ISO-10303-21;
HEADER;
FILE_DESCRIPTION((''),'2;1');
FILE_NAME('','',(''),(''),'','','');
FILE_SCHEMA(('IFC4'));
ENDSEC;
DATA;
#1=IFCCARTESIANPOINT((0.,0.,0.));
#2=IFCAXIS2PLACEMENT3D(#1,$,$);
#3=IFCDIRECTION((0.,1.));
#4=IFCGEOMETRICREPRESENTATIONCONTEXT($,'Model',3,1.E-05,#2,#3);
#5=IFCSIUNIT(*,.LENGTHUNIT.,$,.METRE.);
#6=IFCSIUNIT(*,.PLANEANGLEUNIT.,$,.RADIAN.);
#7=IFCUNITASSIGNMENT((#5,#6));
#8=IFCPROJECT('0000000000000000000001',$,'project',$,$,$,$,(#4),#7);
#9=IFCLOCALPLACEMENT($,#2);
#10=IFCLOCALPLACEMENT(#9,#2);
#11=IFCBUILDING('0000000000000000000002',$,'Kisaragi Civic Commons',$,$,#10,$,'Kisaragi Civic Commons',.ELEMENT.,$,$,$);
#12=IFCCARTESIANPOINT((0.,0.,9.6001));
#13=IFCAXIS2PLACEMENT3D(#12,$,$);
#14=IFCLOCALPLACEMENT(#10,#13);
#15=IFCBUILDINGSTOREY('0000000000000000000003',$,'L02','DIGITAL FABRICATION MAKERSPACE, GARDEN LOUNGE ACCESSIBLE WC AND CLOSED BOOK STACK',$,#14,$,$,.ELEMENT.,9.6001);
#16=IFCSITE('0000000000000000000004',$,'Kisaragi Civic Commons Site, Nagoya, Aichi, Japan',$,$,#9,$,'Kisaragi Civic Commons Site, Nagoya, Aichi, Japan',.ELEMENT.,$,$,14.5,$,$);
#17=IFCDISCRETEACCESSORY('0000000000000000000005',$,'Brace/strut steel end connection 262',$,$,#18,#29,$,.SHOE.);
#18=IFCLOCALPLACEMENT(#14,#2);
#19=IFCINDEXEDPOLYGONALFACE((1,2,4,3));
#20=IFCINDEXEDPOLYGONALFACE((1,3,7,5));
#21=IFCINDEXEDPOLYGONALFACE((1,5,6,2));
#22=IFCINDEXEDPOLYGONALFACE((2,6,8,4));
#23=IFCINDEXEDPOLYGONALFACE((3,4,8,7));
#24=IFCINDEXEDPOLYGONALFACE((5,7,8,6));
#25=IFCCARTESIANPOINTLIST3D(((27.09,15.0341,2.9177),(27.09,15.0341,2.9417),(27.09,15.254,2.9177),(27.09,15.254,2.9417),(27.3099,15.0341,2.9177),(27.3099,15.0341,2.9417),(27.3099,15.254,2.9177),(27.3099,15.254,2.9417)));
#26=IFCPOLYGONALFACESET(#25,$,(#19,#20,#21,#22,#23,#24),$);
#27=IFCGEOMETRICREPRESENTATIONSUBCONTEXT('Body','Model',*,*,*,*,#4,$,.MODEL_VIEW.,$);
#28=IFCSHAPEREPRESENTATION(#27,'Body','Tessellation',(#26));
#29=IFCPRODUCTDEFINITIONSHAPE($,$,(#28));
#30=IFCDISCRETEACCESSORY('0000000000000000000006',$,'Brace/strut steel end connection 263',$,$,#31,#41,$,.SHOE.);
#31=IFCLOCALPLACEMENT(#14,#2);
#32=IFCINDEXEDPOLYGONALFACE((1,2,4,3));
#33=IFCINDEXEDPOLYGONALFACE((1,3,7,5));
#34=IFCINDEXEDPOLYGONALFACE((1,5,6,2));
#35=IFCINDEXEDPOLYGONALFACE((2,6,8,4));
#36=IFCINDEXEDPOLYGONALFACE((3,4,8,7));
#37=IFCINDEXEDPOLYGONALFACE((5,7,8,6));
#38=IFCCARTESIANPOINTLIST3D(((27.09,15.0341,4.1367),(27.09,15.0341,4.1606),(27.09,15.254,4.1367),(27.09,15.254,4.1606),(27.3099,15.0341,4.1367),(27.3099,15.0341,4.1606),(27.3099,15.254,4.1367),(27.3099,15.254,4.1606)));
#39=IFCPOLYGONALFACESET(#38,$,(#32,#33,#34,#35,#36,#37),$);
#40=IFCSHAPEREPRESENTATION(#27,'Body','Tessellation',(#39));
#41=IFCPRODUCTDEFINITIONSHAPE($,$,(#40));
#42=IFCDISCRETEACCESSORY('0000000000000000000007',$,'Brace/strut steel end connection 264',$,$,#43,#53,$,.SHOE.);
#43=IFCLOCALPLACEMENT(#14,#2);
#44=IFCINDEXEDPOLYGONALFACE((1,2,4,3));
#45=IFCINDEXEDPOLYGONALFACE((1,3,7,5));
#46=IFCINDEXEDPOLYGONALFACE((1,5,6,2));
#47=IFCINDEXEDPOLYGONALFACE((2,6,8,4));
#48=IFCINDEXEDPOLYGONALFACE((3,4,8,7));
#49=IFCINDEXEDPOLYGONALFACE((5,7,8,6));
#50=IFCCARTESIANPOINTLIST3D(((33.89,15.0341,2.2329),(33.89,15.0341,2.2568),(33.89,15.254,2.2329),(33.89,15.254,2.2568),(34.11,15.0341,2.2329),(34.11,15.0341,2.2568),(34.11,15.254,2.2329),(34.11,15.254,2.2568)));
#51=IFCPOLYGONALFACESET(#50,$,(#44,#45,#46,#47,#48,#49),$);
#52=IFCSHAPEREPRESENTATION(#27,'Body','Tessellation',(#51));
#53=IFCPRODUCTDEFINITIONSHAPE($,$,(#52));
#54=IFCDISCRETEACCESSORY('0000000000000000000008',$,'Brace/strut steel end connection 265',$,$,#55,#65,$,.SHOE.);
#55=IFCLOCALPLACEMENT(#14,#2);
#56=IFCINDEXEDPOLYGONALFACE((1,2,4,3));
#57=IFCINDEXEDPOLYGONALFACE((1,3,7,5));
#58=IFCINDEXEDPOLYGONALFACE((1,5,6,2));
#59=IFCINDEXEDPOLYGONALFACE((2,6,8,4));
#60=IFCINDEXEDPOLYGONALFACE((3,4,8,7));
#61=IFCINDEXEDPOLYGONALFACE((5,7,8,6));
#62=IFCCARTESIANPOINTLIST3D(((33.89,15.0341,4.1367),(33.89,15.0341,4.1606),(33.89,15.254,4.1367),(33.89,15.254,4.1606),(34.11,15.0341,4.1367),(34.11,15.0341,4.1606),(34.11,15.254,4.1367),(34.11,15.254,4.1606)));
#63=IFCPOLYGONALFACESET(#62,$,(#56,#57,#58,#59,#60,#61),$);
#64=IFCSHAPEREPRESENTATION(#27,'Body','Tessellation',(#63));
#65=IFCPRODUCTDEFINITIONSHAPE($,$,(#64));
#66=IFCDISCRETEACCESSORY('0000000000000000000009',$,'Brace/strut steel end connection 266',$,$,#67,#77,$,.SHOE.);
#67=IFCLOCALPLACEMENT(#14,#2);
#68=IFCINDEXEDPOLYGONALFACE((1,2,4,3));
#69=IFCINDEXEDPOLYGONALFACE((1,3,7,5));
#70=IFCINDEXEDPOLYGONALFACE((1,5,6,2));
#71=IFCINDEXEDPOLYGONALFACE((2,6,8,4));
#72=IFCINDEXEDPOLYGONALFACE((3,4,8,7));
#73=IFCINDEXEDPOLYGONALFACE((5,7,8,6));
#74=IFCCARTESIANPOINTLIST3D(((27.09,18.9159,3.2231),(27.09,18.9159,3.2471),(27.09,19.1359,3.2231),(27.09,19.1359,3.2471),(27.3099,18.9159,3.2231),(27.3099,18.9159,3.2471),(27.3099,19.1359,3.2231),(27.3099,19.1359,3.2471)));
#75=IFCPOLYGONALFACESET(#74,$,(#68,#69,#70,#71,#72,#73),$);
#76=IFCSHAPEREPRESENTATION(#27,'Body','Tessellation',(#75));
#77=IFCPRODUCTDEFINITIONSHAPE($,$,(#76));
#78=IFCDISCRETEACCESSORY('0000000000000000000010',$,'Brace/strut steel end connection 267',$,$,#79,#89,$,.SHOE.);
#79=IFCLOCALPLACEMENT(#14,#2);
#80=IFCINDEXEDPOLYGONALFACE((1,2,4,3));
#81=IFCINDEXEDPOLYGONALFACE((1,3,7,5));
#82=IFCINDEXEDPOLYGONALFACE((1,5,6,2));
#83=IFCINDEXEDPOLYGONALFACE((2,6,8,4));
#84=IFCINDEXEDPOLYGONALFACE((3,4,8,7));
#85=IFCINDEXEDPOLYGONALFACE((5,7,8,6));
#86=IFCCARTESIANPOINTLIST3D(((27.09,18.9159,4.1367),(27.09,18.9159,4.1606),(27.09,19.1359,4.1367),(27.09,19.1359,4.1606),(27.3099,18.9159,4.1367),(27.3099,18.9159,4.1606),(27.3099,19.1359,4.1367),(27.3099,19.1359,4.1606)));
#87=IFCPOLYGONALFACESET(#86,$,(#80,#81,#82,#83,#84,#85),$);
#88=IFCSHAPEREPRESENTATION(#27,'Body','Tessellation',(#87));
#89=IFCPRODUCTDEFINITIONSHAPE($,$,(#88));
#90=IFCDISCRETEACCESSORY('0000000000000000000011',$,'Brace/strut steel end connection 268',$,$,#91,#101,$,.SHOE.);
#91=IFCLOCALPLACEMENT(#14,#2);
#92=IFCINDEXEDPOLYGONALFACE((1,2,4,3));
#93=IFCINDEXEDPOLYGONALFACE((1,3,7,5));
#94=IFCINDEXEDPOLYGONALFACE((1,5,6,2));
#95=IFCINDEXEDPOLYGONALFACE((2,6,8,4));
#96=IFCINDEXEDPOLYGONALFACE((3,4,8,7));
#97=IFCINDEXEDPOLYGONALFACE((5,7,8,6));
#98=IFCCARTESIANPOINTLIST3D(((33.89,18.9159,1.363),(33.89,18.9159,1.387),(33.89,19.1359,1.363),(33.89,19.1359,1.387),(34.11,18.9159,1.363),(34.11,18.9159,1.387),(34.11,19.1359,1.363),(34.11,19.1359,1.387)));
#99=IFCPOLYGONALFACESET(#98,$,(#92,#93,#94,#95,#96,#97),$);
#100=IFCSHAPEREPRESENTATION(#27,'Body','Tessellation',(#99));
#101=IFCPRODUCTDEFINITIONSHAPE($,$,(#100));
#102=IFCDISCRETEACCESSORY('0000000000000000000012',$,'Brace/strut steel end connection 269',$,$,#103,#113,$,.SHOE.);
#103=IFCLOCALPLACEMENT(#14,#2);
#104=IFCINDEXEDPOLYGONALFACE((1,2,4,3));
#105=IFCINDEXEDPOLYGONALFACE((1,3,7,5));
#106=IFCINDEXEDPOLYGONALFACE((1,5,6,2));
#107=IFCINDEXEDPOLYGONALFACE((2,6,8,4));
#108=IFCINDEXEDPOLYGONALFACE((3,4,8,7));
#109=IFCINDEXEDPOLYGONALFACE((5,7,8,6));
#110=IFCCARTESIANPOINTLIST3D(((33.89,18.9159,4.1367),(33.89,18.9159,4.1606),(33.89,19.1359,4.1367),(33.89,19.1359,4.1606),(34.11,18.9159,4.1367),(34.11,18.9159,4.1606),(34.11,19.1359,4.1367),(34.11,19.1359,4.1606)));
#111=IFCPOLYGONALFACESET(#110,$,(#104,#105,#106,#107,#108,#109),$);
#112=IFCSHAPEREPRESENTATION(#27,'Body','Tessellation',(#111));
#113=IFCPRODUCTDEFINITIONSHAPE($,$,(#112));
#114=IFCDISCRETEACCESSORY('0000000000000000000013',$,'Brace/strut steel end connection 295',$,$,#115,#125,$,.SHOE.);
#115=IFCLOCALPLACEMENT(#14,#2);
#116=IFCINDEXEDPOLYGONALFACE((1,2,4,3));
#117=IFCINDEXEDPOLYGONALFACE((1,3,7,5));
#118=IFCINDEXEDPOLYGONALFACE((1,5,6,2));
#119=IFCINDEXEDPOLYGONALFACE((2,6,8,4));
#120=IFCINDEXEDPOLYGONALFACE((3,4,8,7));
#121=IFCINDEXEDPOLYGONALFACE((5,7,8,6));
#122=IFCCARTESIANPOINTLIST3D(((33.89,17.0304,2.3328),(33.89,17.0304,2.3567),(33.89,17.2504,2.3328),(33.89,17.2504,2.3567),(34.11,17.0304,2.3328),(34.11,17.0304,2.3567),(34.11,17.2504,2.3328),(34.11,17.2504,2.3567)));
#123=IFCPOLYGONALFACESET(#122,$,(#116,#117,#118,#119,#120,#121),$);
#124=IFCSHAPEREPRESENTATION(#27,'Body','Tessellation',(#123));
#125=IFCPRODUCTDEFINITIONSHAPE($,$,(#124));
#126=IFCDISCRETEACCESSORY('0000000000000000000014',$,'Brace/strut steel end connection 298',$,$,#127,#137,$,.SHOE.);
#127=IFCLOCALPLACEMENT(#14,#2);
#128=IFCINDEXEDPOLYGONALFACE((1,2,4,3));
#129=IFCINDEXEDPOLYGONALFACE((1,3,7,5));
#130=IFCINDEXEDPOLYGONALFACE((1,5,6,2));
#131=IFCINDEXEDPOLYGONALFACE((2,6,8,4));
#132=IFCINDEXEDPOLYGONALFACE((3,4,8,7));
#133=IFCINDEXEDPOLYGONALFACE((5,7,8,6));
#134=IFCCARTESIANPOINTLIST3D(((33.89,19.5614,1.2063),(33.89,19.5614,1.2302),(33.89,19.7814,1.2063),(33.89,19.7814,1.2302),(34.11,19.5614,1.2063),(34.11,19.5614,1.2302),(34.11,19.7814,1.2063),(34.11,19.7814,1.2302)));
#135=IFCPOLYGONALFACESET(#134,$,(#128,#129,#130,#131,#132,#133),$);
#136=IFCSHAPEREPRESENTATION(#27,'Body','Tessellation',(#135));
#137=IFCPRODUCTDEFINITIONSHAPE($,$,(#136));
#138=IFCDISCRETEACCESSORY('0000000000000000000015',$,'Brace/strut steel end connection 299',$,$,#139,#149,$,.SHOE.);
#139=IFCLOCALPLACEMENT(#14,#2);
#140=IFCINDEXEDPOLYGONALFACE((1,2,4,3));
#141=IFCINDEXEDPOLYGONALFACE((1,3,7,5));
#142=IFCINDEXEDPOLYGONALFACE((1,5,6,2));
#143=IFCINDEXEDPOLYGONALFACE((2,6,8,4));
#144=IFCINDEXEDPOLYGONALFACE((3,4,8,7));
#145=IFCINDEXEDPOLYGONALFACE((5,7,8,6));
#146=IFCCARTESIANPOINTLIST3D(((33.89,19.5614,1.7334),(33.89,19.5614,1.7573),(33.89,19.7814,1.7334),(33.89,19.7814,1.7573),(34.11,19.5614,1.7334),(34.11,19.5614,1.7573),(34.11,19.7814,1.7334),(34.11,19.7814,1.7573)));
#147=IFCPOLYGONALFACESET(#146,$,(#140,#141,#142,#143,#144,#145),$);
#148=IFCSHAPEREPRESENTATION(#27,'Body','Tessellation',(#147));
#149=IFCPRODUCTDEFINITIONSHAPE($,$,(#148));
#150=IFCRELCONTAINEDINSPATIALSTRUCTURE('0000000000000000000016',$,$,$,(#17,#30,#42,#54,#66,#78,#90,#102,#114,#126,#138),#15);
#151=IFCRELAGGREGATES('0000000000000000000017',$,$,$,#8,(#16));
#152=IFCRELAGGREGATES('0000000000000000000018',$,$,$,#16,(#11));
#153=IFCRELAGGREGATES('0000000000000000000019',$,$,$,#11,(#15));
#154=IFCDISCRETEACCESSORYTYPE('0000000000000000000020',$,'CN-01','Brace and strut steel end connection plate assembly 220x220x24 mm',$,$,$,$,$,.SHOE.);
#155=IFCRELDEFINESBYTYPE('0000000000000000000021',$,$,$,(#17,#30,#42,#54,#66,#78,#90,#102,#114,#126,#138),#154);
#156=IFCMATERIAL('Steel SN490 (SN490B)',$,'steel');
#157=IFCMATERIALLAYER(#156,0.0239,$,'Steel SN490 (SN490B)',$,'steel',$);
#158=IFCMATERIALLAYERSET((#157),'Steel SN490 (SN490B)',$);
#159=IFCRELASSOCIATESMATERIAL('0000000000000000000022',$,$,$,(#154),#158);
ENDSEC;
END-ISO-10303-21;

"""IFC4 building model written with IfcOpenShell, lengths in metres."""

from ifc_helpers import new_model, si_unit, direction, frame, origin, origin_2d, place, context, subcontext, project, spatial, rectangle, extrude, material, layer, layer_set, type_object, element, save


model = new_model("IFC4")

# Units and contexts
model_context = context("Model", 3, precision=1e-05, world=origin(), true_north=direction((0.0, 1.0)))
body_context = subcontext(model_context, "Body", "Model", "MODEL_VIEW")
ifc_project = project(units=[si_unit("LENGTHUNIT", "METRE"), si_unit("PLANEANGLEUNIT", "RADIAN")], contexts=[model_context])

# Site, building, storey
site_placement = place(None, origin())
site = spatial("IfcSite", under=ifc_project, at=site_placement, Name="Kisaragi Civic Commons Site, Nagoya, Aichi, Japan", LongName="Kisaragi Civic Commons Site, Nagoya, Aichi, Japan", CompositionType="ELEMENT", RefElevation=14.5)
building_placement = place(site_placement, origin())
building = spatial("IfcBuilding", under=site, at=building_placement, Name="Kisaragi Civic Commons", LongName="Kisaragi Civic Commons", CompositionType="ELEMENT")
storey_placement = place(building_placement, frame((0.0, 0.0, 9.6001)))
storey = spatial("IfcBuildingStorey", under=building, at=storey_placement, Name="L02", Description="DIGITAL FABRICATION MAKERSPACE, GARDEN LOUNGE ACCESSIBLE WC AND CLOSED BOOK STACK", CompositionType="ELEMENT", Elevation=9.6001)

# Shared definitions
ifc_material_1 = material(Name="Steel SN490 (SN490B)", Category="steel")

# Discrete accessories
ifc_layer_1 = layer(ifc_material_1, 0.0239, Name="Steel SN490 (SN490B)", Category="steel")
ifc_layer_set_1 = layer_set([ifc_layer_1], Name="Steel SN490 (SN490B)")
discrete_accessory_type = type_object("IfcDiscreteAccessoryType", Name="CN-01", Description="Brace and strut steel end connection plate assembly 220x220x24 mm", PredefinedType="SHOE", material=ifc_layer_set_1)
for number, where, z_axis, x_axis, name in (
    (1, (27.2, 15.144, 2.9177), (0.0, 0.0, 1.0), (1.0, 0.0, 0.0), "Brace/strut steel end connection 262"),
    (2, (27.2, 15.144, 4.1367), (0.0, 0.0, 1.0), (1.0, 0.0, 0.0), "Brace/strut steel end connection 263"),
    (3, (34.0, 15.144, 2.2329), (0.0, 0.0, 1.0), (1.0, 0.0, 0.0), "Brace/strut steel end connection 264"),
    (4, (34.0, 15.144, 4.1367), (0.0, 0.0, 1.0), (1.0, 0.0, 0.0), "Brace/strut steel end connection 265"),
    (5, (27.2, 19.0259, 3.2231), (0.0, 0.0, 1.0), (1.0, 0.0, 0.0), "Brace/strut steel end connection 266"),
    (6, (27.2, 19.0259, 4.1367), (0.0, 0.0, 1.0), (1.0, 0.0, 0.0), "Brace/strut steel end connection 267"),
    (7, (34.0, 19.0259, 1.363), (0.0, 0.0, 1.0), (1.0, 0.0, 0.0), "Brace/strut steel end connection 268"),
    (8, (34.0, 19.0259, 4.1367), (0.0, 0.0, 1.0), (1.0, 0.0, 0.0), "Brace/strut steel end connection 269"),
    (9, (34.0, 17.1404, 2.3328), (0.0, 0.0, 1.0), (1.0, 0.0, 0.0), "Brace/strut steel end connection 295"),
    (10, (34.0, 19.6714, 1.2063), (0.0, 0.0, 1.0), (1.0, 0.0, 0.0), "Brace/strut steel end connection 298"),
    (11, (34.0, 19.6714, 1.7334), (0.0, 0.0, 1.0), (1.0, 0.0, 0.0), "Brace/strut steel end connection 299"),
):
    element("IfcDiscreteAccessory", number, at=place(storey_placement, frame(where, z_axis=z_axis, x_axis=x_axis)), inside=storey, type_object=discrete_accessory_type, Name=name, PredefinedType="SHOE", context=body_context, shape_type="SweptSolid", body=[
        extrude(rectangle(XDim=0.22, YDim=0.22, at=origin_2d()), origin(), (0.0, 0.0, 1.0), 0.0239),
    ])

save(model, "model.ifc")
